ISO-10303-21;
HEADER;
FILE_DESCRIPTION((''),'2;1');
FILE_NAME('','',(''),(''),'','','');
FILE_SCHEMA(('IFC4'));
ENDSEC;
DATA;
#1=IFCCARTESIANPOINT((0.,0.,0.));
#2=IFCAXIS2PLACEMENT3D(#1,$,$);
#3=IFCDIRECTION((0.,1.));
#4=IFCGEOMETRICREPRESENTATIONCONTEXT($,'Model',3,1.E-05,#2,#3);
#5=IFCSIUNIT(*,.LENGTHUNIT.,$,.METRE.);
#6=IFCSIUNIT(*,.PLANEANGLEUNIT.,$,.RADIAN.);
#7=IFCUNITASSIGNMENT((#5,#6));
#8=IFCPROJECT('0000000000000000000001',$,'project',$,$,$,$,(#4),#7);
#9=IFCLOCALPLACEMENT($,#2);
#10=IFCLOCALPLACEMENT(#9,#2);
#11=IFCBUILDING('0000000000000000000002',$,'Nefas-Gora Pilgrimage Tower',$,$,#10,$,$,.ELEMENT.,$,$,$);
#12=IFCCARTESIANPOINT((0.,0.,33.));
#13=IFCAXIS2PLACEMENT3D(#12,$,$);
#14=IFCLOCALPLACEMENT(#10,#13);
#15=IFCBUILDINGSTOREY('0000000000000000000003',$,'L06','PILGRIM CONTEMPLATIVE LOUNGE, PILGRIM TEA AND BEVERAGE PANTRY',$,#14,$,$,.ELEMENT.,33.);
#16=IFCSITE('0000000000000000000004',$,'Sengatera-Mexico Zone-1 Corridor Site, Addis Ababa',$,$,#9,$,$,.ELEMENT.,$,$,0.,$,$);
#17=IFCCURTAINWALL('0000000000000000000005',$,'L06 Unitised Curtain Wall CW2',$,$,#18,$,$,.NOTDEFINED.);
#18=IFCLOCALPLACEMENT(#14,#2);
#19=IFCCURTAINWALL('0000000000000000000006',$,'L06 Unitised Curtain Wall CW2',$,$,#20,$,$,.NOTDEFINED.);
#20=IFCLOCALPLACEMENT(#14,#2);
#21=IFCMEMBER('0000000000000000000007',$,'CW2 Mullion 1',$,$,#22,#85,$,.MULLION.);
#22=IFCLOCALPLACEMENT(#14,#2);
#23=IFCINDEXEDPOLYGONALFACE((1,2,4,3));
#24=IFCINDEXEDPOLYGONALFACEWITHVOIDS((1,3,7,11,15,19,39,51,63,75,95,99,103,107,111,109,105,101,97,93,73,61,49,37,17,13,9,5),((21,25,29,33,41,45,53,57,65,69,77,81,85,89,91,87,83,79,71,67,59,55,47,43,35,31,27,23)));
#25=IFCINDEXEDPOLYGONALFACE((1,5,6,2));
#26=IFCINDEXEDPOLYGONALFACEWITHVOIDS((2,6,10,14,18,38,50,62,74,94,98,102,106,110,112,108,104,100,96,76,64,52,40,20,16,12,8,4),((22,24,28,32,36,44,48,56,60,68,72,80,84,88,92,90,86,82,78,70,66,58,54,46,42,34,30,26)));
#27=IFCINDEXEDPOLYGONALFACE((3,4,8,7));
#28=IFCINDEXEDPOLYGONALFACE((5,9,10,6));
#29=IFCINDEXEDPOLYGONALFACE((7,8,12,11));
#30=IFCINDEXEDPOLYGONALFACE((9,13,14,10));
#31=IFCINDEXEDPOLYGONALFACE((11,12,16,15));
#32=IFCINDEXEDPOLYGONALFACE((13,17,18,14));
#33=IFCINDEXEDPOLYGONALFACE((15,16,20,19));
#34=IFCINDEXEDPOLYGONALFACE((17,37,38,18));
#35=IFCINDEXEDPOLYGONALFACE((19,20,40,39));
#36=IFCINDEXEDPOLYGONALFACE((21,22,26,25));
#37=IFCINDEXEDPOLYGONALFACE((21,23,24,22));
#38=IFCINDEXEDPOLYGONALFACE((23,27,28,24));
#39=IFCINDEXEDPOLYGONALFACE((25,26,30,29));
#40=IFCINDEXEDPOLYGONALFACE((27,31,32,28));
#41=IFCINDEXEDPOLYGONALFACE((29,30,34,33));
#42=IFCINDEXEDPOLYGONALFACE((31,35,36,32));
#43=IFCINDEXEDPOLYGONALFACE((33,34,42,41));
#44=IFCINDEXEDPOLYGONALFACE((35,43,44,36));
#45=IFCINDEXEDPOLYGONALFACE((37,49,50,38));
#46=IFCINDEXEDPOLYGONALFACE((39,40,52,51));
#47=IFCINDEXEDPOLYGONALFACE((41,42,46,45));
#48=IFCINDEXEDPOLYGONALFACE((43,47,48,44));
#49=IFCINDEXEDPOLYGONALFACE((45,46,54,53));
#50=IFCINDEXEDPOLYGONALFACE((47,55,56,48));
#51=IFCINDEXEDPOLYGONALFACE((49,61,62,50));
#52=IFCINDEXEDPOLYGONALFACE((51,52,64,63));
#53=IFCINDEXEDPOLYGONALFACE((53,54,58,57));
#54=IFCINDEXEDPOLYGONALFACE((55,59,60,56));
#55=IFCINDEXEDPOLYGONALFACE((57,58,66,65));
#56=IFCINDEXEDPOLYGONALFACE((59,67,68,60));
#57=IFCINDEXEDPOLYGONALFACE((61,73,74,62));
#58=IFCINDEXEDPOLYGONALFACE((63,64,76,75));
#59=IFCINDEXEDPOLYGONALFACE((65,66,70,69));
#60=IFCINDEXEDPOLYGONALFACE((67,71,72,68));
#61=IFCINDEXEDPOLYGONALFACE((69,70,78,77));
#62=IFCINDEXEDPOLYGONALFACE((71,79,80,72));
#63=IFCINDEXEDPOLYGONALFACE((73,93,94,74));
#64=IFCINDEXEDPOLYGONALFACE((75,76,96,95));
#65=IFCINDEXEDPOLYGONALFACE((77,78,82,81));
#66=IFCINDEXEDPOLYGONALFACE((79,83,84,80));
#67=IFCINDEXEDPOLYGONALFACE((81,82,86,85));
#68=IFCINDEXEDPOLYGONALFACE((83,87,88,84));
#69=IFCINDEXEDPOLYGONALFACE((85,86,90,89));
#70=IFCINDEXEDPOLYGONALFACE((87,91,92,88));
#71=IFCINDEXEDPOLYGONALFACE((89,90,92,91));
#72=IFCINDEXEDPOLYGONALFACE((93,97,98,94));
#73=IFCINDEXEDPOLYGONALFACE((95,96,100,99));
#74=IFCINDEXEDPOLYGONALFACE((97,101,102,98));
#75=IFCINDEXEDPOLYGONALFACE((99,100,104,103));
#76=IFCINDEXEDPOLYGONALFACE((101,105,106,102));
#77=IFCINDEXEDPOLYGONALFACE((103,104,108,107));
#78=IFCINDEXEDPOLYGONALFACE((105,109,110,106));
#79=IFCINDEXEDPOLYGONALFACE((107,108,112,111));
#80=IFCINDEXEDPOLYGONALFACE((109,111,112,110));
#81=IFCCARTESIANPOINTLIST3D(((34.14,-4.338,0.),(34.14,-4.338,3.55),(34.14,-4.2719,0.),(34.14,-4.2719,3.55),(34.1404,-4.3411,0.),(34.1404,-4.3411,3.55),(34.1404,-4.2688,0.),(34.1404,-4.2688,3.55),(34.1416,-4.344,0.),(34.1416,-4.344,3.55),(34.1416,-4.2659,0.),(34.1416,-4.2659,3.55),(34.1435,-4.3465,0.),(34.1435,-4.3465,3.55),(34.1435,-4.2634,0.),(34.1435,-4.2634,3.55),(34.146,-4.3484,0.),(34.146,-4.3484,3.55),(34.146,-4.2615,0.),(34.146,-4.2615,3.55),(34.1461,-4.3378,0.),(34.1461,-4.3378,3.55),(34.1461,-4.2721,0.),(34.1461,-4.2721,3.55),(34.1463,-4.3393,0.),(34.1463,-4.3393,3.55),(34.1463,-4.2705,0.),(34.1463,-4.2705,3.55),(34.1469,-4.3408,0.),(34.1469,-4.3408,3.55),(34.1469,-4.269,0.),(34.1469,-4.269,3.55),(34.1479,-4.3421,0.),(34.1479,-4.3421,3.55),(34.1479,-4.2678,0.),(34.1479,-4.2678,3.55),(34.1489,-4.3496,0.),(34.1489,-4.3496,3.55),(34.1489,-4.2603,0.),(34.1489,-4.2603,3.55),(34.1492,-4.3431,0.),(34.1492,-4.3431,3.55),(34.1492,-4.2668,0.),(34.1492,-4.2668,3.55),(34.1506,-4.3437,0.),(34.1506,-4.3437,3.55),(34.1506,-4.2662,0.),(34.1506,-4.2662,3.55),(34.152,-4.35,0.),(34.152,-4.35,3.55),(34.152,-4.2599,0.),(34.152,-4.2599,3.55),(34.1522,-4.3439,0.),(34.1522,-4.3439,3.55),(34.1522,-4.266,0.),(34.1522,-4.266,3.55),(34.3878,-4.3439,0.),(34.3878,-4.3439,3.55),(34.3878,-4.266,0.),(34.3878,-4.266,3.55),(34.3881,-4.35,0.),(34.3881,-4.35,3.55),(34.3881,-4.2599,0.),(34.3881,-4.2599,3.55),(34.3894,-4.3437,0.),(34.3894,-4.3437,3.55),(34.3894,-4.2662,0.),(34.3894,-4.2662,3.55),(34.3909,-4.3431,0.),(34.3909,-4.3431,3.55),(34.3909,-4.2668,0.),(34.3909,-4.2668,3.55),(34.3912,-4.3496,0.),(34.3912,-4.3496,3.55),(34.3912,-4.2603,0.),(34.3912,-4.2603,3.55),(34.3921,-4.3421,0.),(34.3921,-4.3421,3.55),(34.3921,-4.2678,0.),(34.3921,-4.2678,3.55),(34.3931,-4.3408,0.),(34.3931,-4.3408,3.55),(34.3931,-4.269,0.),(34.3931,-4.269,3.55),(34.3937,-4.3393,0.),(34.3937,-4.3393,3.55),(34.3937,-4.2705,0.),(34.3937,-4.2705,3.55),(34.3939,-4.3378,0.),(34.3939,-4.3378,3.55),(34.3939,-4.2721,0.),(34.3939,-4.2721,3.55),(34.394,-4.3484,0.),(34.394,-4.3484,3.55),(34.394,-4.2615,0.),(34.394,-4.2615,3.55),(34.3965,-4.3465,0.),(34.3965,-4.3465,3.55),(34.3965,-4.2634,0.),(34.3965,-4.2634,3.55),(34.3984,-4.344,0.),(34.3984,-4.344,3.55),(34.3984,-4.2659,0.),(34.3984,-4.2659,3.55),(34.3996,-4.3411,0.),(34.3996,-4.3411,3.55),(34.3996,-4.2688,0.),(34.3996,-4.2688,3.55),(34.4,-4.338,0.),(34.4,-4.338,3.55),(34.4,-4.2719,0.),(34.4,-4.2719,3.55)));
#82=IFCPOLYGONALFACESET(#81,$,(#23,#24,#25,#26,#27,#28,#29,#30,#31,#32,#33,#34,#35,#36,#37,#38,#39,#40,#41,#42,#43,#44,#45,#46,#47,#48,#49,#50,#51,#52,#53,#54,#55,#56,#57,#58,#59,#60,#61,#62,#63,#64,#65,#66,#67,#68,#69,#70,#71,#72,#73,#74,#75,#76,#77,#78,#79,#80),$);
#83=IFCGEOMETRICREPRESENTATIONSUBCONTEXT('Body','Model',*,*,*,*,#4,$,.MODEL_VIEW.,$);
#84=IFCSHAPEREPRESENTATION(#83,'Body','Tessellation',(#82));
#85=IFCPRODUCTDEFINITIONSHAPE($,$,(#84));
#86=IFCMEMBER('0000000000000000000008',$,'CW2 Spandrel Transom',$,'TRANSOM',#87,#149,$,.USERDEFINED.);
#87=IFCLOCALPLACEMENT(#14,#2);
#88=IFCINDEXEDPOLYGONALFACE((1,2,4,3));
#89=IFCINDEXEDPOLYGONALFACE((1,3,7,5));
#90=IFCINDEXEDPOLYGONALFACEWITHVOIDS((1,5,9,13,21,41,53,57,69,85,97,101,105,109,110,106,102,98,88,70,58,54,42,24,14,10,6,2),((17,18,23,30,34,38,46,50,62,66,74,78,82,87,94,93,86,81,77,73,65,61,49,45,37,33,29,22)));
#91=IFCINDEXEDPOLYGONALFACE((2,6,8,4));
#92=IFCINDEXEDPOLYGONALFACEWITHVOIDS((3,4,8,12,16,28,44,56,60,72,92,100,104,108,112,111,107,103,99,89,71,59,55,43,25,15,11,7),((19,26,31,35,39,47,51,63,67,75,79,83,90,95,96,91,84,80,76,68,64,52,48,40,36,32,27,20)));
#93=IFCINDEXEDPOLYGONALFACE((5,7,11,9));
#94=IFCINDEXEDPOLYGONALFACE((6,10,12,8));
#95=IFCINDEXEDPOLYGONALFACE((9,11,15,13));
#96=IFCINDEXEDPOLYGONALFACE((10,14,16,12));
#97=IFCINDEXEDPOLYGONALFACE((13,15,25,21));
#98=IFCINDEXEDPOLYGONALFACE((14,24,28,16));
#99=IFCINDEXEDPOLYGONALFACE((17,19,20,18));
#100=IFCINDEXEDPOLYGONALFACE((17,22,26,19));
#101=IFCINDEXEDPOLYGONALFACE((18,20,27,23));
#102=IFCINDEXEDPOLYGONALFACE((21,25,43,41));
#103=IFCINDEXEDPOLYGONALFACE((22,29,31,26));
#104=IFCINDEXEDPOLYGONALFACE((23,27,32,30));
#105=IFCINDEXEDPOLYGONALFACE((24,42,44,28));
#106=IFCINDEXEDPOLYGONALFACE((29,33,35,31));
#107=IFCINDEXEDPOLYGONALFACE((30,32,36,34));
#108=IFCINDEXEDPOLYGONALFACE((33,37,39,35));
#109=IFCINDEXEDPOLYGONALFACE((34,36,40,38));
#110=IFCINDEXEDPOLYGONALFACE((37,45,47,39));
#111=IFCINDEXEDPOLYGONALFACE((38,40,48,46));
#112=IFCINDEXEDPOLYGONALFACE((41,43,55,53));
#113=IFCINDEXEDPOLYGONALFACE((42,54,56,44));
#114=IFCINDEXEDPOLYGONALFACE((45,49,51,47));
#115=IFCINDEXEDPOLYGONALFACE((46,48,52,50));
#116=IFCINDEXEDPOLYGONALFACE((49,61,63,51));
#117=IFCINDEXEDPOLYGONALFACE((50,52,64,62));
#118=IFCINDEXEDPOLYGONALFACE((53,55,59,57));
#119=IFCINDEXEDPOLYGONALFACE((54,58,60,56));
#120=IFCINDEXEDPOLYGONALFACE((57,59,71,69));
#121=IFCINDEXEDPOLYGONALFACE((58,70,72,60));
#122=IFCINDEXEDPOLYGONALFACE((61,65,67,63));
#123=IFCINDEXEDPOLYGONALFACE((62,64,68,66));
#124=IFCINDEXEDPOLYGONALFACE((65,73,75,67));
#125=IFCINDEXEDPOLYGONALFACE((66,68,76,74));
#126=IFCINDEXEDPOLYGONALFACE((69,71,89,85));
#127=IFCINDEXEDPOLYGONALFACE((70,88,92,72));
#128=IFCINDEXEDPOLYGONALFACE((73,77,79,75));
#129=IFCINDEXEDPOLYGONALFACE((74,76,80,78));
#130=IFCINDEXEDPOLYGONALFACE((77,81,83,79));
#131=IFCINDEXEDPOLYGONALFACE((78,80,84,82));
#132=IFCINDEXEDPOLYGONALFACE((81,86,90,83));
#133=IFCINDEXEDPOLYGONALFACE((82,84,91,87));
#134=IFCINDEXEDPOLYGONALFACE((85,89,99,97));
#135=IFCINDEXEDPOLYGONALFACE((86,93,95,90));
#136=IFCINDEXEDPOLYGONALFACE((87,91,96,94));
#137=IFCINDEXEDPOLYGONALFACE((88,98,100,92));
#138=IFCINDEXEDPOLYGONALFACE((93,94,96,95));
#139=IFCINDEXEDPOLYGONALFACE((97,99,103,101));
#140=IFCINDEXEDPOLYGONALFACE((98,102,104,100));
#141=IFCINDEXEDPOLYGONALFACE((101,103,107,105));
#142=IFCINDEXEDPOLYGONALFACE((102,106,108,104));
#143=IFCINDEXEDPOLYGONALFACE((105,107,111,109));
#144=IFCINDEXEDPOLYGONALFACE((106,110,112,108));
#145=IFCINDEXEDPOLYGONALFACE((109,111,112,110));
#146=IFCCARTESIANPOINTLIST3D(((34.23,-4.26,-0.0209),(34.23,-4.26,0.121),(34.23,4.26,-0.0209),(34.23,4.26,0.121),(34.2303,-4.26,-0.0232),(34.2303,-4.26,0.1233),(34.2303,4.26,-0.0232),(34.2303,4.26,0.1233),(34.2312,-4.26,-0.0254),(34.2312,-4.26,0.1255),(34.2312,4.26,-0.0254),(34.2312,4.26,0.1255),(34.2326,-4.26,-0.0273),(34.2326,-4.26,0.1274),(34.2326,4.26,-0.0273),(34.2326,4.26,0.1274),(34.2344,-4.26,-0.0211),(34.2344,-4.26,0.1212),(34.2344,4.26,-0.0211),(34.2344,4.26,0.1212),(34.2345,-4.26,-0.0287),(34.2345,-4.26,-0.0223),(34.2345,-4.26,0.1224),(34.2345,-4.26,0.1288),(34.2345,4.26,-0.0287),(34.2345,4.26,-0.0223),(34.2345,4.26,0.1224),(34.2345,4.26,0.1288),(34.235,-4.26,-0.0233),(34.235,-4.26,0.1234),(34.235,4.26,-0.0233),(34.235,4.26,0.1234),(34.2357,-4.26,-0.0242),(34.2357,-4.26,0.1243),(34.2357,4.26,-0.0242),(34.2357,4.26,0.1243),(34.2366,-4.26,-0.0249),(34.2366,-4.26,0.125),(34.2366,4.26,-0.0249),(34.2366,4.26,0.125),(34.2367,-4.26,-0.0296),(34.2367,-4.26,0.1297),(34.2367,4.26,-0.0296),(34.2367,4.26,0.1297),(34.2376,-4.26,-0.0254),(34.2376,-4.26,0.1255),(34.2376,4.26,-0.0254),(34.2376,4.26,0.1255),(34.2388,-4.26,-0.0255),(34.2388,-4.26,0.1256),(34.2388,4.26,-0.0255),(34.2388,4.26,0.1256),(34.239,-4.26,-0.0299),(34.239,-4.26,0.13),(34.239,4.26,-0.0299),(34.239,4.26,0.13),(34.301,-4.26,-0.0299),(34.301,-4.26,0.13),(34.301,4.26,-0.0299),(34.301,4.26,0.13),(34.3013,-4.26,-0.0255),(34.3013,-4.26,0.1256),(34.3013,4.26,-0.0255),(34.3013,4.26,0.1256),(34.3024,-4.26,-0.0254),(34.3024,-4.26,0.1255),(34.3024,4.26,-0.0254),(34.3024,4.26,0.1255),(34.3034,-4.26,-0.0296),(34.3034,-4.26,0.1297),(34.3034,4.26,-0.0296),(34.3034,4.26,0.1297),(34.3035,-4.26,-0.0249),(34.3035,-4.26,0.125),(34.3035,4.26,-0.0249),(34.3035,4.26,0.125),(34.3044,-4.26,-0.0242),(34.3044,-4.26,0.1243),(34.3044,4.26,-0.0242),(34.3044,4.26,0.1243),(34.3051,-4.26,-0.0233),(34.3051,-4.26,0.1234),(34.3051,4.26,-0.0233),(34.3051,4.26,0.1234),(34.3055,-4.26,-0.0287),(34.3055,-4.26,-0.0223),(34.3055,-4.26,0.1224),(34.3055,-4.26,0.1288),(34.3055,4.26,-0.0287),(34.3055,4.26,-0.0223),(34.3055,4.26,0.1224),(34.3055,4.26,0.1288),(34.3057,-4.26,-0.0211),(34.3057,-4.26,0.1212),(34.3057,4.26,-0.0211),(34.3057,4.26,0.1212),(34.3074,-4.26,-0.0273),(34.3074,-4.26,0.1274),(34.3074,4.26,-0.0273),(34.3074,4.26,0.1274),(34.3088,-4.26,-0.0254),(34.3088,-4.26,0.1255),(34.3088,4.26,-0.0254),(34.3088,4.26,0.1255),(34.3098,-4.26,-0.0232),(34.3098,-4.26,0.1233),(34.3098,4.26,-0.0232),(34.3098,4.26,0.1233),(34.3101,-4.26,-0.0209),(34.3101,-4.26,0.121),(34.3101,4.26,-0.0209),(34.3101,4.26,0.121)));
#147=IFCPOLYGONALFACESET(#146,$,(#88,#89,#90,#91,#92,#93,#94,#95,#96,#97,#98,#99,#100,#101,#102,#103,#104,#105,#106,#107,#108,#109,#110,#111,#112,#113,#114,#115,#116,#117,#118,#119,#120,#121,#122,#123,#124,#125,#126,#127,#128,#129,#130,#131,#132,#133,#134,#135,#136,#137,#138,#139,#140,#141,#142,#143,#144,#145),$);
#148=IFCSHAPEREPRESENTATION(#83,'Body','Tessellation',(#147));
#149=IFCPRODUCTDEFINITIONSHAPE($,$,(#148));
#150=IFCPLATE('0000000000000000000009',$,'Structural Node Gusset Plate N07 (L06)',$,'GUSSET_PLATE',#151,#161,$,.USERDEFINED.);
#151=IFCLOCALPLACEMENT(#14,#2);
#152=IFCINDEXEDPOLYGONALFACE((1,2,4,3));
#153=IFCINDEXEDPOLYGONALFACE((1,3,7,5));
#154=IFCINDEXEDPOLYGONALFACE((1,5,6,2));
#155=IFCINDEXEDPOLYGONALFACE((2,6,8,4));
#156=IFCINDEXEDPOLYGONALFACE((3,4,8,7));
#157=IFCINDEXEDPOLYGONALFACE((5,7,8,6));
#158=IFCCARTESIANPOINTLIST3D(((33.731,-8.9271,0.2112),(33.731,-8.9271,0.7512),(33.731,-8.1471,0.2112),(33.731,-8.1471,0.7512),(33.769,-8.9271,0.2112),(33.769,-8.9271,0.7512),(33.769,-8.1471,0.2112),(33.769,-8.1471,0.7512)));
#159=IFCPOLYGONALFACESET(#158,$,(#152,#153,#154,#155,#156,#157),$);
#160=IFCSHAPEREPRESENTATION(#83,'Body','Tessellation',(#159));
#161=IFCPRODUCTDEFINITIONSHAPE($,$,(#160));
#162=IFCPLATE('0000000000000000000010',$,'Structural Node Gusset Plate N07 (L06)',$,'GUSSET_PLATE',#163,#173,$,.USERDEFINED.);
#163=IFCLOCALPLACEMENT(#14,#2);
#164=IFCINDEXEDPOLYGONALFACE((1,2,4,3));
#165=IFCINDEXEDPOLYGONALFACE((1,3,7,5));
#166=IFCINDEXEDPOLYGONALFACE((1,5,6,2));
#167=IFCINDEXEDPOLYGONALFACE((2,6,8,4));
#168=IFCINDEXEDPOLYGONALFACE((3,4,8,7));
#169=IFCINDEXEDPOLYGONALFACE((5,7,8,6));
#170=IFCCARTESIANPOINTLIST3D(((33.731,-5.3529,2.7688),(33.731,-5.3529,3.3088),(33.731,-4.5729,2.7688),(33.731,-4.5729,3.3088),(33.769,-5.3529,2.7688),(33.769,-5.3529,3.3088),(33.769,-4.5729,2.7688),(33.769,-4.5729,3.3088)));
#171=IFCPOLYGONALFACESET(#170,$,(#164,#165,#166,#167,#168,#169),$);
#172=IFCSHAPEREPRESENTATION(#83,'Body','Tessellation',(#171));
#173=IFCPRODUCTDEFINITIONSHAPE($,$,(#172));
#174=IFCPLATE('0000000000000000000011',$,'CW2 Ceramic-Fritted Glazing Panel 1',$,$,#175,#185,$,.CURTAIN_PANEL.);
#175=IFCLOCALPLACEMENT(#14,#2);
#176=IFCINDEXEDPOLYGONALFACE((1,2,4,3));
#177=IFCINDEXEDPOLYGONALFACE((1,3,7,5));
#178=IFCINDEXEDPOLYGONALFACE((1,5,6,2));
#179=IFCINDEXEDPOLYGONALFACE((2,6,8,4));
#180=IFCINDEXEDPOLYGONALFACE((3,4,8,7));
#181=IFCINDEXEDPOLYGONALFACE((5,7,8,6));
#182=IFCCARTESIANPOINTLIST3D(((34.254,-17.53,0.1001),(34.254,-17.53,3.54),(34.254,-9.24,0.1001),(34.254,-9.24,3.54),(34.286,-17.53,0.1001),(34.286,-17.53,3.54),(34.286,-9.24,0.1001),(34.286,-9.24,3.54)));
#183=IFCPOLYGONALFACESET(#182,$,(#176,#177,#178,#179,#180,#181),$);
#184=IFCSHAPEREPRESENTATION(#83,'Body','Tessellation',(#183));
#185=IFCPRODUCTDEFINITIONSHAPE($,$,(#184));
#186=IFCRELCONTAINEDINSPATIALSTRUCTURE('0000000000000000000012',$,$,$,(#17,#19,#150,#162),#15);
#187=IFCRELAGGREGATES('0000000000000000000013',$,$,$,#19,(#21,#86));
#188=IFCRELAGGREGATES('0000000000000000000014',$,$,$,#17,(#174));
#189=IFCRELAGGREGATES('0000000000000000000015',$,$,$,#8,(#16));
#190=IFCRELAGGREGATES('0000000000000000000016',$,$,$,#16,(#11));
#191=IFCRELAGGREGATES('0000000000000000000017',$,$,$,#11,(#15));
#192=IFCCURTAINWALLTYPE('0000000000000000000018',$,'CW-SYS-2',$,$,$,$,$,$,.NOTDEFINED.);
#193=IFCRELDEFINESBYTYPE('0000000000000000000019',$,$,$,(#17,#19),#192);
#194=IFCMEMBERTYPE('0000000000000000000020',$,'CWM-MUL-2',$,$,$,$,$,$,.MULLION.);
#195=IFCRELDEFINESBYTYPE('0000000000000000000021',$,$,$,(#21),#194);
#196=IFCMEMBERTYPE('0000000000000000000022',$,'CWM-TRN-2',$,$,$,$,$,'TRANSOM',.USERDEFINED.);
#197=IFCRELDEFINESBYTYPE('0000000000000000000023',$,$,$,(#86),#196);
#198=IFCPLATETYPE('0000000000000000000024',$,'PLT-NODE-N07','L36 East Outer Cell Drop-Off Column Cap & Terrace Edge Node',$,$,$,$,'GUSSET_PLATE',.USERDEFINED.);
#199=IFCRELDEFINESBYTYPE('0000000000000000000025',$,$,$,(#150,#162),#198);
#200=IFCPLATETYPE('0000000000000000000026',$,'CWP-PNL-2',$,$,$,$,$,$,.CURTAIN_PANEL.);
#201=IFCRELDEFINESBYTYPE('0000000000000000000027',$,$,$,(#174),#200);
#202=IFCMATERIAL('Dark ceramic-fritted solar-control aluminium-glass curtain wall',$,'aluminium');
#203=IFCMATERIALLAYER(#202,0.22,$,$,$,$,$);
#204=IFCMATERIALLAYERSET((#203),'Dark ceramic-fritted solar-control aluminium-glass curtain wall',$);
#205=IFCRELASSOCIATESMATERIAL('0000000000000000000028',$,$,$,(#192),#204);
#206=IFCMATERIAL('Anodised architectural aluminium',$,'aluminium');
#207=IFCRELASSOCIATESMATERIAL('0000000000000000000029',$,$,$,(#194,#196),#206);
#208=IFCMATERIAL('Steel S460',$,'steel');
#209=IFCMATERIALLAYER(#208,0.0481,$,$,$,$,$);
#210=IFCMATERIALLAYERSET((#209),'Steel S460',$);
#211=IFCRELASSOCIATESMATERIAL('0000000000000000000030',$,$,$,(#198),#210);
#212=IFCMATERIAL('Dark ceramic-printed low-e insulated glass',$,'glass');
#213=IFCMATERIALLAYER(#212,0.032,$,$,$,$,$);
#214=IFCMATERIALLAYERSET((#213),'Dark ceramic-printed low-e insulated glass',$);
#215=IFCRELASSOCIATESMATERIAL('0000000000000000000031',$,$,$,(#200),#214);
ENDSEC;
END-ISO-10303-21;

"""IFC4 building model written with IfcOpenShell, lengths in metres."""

from ifc_helpers import new_model, si_unit, direction, frame, origin, origin_2d, place, context, subcontext, project, spatial, rectangle, hollow_rectangle, extrude, source, transform, mapped, material, layer, layer_set, material_profile, profile_set, type_object, element, aggregate, save


model = new_model("IFC4")

# Units and contexts
model_context = context("Model", 3, precision=1e-05, world=origin(), true_north=direction((0.0, 1.0)))
body_context = subcontext(model_context, "Body", "Model", "MODEL_VIEW")
ifc_project = project(units=[si_unit("LENGTHUNIT", "METRE"), si_unit("PLANEANGLEUNIT", "RADIAN")], contexts=[model_context])

# Site, building, storey
site_placement = place(None, origin())
site = spatial("IfcSite", under=ifc_project, at=site_placement, Name="Sengatera-Mexico Zone-1 Corridor Site, Addis Ababa", CompositionType="ELEMENT", RefElevation=0.0)
building_placement = place(site_placement, origin())
building = spatial("IfcBuilding", under=site, at=building_placement, Name="Nefas-Gora Pilgrimage Tower", CompositionType="ELEMENT")
storey_placement = place(building_placement, frame((0.0, 0.0, 33.0)))
storey = spatial("IfcBuildingStorey", under=building, at=storey_placement, Name="L06", Description="PILGRIM CONTEMPLATIVE LOUNGE, PILGRIM TEA AND BEVERAGE PANTRY", CompositionType="ELEMENT", Elevation=33.0)

# Shared definitions
ifc_material_1 = material(Name="Steel S460", Category="steel")

# Curtain wall
ifc_material_2 = material(Name="Dark ceramic-fritted solar-control aluminium-glass curtain wall", Category="aluminium")
ifc_layer_1 = layer(ifc_material_2, 0.22)
ifc_layer_set_1 = layer_set([ifc_layer_1], Name="Dark ceramic-fritted solar-control aluminium-glass curtain wall")
curtain_wall_type = type_object("IfcCurtainWallType", Name="CW-SYS-2", PredefinedType="NOTDEFINED", material=ifc_layer_set_1)
curtain_wall_1_placement = place(storey_placement, origin())
curtain_wall_1 = element("IfcCurtainWall", 1, at=curtain_wall_1_placement, inside=storey, type_object=curtain_wall_type, Name="L06 Unitised Curtain Wall CW2", PredefinedType="NOTDEFINED")
ifc_material_3 = material(Name="Anodised architectural aluminium", Category="aluminium")
ifc_material_profile_1 = material_profile(ifc_material_3, hollow_rectangle(XDim=0.0901, YDim=0.26, WallThickness=0.0061, InnerFilletRadius=0.0061, OuterFilletRadius=0.012, at=origin_2d()), Name="ALU MULLION 90x260")
ifc_profile_set_1 = profile_set([ifc_material_profile_1], Name="Anodised architectural aluminium")
member_type_1 = type_object("IfcMemberType", Name="CWM-MUL-2", PredefinedType="MULLION", material=ifc_profile_set_1)
shared_shape_1 = source(origin(), body_context, "Body", "SweptSolid", [
    extrude(hollow_rectangle(XDim=0.0901, YDim=0.26, WallThickness=0.0061, InnerFilletRadius=0.0061, OuterFilletRadius=0.012, at=origin_2d()), origin(), (0.0, 0.0, 1.0), 3.55),
])

# Curtain wall, members
curtain_wall_2_placement = place(storey_placement, origin())
curtain_wall_2 = element("IfcCurtainWall", 2, at=curtain_wall_2_placement, inside=storey, type_object=curtain_wall_type, Name="L06 Unitised Curtain Wall CW2", PredefinedType="NOTDEFINED")
member_1_placement = place(storey_placement, frame((34.27, -4.3049, 0.0), z_axis=(0.0, 0.0, 1.0), x_axis=(0.0, 1.0, 0.0)))
member_1 = element("IfcMember", 3, at=member_1_placement, type_object=member_type_1, Name="CW2 Mullion 1", PredefinedType="MULLION", context=body_context, shape_type="MappedRepresentation", body=[
    mapped(shared_shape_1, transform((0.0, 0.0, 0.0), x_axis=(1.0, 0.0, 0.0), y_axis=(0.0, 1.0, 0.0), z_axis=(0.0, 0.0, 1.0), scale=1.0)),
])
ifc_material_profile_2 = material_profile(ifc_material_3, hollow_rectangle(XDim=0.0801, YDim=0.1599, WallThickness=0.0044, InnerFilletRadius=0.0044, OuterFilletRadius=0.009, at=origin_2d()), Name="ALU TRANSOM 80x160")
ifc_profile_set_2 = profile_set([ifc_material_profile_2], Name="Anodised architectural aluminium")
member_type_2 = type_object("IfcMemberType", Name="CWM-TRN-2", ElementType="TRANSOM", PredefinedType="USERDEFINED", material=ifc_profile_set_2)
shared_shape_2 = source(origin(), body_context, "Body", "SweptSolid", [
    extrude(hollow_rectangle(XDim=0.0801, YDim=0.1599, WallThickness=0.0044, InnerFilletRadius=0.0044, OuterFilletRadius=0.009, at=origin_2d()), origin(), (0.0, 0.0, 1.0), 8.52),
])
member_2_placement = place(storey_placement, frame((34.27, -4.26, 0.05), z_axis=(0.0, 1.0, 0.0), x_axis=(-1.0, 0.0, 0.0)))
member_2 = element("IfcMember", 4, at=member_2_placement, type_object=member_type_2, Name="CW2 Spandrel Transom", ObjectType="TRANSOM", PredefinedType="USERDEFINED", context=body_context, shape_type="MappedRepresentation", body=[
    mapped(shared_shape_2, transform((0.0, 0.0, 0.0), x_axis=(1.0, 0.0, 0.0), y_axis=(0.0, 1.0, 0.0), z_axis=(0.0, 0.0, 1.0), scale=1.0)),
])
aggregate(curtain_wall_2, [member_1, member_2])

# Plates
ifc_layer_2 = layer(ifc_material_1, 0.0481)
ifc_layer_set_2 = layer_set([ifc_layer_2], Name="Steel S460")
plate_type_1 = type_object("IfcPlateType", Name="PLT-NODE-N07", Description="L36 East Outer Cell Drop-Off Column Cap & Terrace Edge Node", ElementType="GUSSET_PLATE", PredefinedType="USERDEFINED", material=ifc_layer_set_2)
shared_shape_3 = source(origin(), body_context, "Body", "SweptSolid", [
    extrude(rectangle(XDim=0.78, YDim=0.0381, at=origin_2d()), origin(), (0.0, 0.0, 1.0), 0.54),
])
for number, where, z_axis, x_axis, name in (
    (5, (33.75, -8.5371, 0.2112), (0.0, 0.0, 1.0), (0.0, 1.0, 0.0), "Structural Node Gusset Plate N07 (L06)"),
    (6, (33.75, -4.9629, 2.7688), (0.0, 0.0, 1.0), (0.0, 1.0, 0.0), "Structural Node Gusset Plate N07 (L06)"),
):
    element("IfcPlate", number, at=place(storey_placement, frame(where, z_axis=z_axis, x_axis=x_axis)), inside=storey, type_object=plate_type_1, Name=name, ObjectType="GUSSET_PLATE", PredefinedType="USERDEFINED", context=body_context, shape_type="MappedRepresentation", body=[
        mapped(shared_shape_3, transform((0.0, 0.0, 0.0), x_axis=(1.0, 0.0, 0.0), y_axis=(0.0, 1.0, 0.0), z_axis=(0.0, 0.0, 1.0), scale=1.0)),
    ])

# Plate
ifc_material_4 = material(Name="Dark ceramic-printed low-e insulated glass", Category="glass")
ifc_layer_3 = layer(ifc_material_4, 0.032)
ifc_layer_set_3 = layer_set([ifc_layer_3], Name="Dark ceramic-printed low-e insulated glass")
plate_type_2 = type_object("IfcPlateType", Name="CWP-PNL-2", PredefinedType="CURTAIN_PANEL", material=ifc_layer_set_3)
shared_shape_4 = source(origin(), body_context, "Body", "SweptSolid", [
    extrude(rectangle(XDim=8.29, YDim=0.032, at=origin_2d()), origin(), (0.0, 0.0, 1.0), 3.4399),
])
plate_placement = place(storey_placement, frame((34.27, -13.385, 0.1001), z_axis=(0.0, 0.0, 1.0), x_axis=(0.0, 1.0, 0.0)))
plate = element("IfcPlate", 7, at=plate_placement, type_object=plate_type_2, Name="CW2 Ceramic-Fritted Glazing Panel 1", PredefinedType="CURTAIN_PANEL", context=body_context, shape_type="MappedRepresentation", body=[
    mapped(shared_shape_4, transform((0.0, 0.0, 0.0), x_axis=(1.0, 0.0, 0.0), y_axis=(0.0, 1.0, 0.0), z_axis=(0.0, 0.0, 1.0), scale=1.0)),
])
aggregate(curtain_wall_1, [plate])

save(model, "model.ifc")
